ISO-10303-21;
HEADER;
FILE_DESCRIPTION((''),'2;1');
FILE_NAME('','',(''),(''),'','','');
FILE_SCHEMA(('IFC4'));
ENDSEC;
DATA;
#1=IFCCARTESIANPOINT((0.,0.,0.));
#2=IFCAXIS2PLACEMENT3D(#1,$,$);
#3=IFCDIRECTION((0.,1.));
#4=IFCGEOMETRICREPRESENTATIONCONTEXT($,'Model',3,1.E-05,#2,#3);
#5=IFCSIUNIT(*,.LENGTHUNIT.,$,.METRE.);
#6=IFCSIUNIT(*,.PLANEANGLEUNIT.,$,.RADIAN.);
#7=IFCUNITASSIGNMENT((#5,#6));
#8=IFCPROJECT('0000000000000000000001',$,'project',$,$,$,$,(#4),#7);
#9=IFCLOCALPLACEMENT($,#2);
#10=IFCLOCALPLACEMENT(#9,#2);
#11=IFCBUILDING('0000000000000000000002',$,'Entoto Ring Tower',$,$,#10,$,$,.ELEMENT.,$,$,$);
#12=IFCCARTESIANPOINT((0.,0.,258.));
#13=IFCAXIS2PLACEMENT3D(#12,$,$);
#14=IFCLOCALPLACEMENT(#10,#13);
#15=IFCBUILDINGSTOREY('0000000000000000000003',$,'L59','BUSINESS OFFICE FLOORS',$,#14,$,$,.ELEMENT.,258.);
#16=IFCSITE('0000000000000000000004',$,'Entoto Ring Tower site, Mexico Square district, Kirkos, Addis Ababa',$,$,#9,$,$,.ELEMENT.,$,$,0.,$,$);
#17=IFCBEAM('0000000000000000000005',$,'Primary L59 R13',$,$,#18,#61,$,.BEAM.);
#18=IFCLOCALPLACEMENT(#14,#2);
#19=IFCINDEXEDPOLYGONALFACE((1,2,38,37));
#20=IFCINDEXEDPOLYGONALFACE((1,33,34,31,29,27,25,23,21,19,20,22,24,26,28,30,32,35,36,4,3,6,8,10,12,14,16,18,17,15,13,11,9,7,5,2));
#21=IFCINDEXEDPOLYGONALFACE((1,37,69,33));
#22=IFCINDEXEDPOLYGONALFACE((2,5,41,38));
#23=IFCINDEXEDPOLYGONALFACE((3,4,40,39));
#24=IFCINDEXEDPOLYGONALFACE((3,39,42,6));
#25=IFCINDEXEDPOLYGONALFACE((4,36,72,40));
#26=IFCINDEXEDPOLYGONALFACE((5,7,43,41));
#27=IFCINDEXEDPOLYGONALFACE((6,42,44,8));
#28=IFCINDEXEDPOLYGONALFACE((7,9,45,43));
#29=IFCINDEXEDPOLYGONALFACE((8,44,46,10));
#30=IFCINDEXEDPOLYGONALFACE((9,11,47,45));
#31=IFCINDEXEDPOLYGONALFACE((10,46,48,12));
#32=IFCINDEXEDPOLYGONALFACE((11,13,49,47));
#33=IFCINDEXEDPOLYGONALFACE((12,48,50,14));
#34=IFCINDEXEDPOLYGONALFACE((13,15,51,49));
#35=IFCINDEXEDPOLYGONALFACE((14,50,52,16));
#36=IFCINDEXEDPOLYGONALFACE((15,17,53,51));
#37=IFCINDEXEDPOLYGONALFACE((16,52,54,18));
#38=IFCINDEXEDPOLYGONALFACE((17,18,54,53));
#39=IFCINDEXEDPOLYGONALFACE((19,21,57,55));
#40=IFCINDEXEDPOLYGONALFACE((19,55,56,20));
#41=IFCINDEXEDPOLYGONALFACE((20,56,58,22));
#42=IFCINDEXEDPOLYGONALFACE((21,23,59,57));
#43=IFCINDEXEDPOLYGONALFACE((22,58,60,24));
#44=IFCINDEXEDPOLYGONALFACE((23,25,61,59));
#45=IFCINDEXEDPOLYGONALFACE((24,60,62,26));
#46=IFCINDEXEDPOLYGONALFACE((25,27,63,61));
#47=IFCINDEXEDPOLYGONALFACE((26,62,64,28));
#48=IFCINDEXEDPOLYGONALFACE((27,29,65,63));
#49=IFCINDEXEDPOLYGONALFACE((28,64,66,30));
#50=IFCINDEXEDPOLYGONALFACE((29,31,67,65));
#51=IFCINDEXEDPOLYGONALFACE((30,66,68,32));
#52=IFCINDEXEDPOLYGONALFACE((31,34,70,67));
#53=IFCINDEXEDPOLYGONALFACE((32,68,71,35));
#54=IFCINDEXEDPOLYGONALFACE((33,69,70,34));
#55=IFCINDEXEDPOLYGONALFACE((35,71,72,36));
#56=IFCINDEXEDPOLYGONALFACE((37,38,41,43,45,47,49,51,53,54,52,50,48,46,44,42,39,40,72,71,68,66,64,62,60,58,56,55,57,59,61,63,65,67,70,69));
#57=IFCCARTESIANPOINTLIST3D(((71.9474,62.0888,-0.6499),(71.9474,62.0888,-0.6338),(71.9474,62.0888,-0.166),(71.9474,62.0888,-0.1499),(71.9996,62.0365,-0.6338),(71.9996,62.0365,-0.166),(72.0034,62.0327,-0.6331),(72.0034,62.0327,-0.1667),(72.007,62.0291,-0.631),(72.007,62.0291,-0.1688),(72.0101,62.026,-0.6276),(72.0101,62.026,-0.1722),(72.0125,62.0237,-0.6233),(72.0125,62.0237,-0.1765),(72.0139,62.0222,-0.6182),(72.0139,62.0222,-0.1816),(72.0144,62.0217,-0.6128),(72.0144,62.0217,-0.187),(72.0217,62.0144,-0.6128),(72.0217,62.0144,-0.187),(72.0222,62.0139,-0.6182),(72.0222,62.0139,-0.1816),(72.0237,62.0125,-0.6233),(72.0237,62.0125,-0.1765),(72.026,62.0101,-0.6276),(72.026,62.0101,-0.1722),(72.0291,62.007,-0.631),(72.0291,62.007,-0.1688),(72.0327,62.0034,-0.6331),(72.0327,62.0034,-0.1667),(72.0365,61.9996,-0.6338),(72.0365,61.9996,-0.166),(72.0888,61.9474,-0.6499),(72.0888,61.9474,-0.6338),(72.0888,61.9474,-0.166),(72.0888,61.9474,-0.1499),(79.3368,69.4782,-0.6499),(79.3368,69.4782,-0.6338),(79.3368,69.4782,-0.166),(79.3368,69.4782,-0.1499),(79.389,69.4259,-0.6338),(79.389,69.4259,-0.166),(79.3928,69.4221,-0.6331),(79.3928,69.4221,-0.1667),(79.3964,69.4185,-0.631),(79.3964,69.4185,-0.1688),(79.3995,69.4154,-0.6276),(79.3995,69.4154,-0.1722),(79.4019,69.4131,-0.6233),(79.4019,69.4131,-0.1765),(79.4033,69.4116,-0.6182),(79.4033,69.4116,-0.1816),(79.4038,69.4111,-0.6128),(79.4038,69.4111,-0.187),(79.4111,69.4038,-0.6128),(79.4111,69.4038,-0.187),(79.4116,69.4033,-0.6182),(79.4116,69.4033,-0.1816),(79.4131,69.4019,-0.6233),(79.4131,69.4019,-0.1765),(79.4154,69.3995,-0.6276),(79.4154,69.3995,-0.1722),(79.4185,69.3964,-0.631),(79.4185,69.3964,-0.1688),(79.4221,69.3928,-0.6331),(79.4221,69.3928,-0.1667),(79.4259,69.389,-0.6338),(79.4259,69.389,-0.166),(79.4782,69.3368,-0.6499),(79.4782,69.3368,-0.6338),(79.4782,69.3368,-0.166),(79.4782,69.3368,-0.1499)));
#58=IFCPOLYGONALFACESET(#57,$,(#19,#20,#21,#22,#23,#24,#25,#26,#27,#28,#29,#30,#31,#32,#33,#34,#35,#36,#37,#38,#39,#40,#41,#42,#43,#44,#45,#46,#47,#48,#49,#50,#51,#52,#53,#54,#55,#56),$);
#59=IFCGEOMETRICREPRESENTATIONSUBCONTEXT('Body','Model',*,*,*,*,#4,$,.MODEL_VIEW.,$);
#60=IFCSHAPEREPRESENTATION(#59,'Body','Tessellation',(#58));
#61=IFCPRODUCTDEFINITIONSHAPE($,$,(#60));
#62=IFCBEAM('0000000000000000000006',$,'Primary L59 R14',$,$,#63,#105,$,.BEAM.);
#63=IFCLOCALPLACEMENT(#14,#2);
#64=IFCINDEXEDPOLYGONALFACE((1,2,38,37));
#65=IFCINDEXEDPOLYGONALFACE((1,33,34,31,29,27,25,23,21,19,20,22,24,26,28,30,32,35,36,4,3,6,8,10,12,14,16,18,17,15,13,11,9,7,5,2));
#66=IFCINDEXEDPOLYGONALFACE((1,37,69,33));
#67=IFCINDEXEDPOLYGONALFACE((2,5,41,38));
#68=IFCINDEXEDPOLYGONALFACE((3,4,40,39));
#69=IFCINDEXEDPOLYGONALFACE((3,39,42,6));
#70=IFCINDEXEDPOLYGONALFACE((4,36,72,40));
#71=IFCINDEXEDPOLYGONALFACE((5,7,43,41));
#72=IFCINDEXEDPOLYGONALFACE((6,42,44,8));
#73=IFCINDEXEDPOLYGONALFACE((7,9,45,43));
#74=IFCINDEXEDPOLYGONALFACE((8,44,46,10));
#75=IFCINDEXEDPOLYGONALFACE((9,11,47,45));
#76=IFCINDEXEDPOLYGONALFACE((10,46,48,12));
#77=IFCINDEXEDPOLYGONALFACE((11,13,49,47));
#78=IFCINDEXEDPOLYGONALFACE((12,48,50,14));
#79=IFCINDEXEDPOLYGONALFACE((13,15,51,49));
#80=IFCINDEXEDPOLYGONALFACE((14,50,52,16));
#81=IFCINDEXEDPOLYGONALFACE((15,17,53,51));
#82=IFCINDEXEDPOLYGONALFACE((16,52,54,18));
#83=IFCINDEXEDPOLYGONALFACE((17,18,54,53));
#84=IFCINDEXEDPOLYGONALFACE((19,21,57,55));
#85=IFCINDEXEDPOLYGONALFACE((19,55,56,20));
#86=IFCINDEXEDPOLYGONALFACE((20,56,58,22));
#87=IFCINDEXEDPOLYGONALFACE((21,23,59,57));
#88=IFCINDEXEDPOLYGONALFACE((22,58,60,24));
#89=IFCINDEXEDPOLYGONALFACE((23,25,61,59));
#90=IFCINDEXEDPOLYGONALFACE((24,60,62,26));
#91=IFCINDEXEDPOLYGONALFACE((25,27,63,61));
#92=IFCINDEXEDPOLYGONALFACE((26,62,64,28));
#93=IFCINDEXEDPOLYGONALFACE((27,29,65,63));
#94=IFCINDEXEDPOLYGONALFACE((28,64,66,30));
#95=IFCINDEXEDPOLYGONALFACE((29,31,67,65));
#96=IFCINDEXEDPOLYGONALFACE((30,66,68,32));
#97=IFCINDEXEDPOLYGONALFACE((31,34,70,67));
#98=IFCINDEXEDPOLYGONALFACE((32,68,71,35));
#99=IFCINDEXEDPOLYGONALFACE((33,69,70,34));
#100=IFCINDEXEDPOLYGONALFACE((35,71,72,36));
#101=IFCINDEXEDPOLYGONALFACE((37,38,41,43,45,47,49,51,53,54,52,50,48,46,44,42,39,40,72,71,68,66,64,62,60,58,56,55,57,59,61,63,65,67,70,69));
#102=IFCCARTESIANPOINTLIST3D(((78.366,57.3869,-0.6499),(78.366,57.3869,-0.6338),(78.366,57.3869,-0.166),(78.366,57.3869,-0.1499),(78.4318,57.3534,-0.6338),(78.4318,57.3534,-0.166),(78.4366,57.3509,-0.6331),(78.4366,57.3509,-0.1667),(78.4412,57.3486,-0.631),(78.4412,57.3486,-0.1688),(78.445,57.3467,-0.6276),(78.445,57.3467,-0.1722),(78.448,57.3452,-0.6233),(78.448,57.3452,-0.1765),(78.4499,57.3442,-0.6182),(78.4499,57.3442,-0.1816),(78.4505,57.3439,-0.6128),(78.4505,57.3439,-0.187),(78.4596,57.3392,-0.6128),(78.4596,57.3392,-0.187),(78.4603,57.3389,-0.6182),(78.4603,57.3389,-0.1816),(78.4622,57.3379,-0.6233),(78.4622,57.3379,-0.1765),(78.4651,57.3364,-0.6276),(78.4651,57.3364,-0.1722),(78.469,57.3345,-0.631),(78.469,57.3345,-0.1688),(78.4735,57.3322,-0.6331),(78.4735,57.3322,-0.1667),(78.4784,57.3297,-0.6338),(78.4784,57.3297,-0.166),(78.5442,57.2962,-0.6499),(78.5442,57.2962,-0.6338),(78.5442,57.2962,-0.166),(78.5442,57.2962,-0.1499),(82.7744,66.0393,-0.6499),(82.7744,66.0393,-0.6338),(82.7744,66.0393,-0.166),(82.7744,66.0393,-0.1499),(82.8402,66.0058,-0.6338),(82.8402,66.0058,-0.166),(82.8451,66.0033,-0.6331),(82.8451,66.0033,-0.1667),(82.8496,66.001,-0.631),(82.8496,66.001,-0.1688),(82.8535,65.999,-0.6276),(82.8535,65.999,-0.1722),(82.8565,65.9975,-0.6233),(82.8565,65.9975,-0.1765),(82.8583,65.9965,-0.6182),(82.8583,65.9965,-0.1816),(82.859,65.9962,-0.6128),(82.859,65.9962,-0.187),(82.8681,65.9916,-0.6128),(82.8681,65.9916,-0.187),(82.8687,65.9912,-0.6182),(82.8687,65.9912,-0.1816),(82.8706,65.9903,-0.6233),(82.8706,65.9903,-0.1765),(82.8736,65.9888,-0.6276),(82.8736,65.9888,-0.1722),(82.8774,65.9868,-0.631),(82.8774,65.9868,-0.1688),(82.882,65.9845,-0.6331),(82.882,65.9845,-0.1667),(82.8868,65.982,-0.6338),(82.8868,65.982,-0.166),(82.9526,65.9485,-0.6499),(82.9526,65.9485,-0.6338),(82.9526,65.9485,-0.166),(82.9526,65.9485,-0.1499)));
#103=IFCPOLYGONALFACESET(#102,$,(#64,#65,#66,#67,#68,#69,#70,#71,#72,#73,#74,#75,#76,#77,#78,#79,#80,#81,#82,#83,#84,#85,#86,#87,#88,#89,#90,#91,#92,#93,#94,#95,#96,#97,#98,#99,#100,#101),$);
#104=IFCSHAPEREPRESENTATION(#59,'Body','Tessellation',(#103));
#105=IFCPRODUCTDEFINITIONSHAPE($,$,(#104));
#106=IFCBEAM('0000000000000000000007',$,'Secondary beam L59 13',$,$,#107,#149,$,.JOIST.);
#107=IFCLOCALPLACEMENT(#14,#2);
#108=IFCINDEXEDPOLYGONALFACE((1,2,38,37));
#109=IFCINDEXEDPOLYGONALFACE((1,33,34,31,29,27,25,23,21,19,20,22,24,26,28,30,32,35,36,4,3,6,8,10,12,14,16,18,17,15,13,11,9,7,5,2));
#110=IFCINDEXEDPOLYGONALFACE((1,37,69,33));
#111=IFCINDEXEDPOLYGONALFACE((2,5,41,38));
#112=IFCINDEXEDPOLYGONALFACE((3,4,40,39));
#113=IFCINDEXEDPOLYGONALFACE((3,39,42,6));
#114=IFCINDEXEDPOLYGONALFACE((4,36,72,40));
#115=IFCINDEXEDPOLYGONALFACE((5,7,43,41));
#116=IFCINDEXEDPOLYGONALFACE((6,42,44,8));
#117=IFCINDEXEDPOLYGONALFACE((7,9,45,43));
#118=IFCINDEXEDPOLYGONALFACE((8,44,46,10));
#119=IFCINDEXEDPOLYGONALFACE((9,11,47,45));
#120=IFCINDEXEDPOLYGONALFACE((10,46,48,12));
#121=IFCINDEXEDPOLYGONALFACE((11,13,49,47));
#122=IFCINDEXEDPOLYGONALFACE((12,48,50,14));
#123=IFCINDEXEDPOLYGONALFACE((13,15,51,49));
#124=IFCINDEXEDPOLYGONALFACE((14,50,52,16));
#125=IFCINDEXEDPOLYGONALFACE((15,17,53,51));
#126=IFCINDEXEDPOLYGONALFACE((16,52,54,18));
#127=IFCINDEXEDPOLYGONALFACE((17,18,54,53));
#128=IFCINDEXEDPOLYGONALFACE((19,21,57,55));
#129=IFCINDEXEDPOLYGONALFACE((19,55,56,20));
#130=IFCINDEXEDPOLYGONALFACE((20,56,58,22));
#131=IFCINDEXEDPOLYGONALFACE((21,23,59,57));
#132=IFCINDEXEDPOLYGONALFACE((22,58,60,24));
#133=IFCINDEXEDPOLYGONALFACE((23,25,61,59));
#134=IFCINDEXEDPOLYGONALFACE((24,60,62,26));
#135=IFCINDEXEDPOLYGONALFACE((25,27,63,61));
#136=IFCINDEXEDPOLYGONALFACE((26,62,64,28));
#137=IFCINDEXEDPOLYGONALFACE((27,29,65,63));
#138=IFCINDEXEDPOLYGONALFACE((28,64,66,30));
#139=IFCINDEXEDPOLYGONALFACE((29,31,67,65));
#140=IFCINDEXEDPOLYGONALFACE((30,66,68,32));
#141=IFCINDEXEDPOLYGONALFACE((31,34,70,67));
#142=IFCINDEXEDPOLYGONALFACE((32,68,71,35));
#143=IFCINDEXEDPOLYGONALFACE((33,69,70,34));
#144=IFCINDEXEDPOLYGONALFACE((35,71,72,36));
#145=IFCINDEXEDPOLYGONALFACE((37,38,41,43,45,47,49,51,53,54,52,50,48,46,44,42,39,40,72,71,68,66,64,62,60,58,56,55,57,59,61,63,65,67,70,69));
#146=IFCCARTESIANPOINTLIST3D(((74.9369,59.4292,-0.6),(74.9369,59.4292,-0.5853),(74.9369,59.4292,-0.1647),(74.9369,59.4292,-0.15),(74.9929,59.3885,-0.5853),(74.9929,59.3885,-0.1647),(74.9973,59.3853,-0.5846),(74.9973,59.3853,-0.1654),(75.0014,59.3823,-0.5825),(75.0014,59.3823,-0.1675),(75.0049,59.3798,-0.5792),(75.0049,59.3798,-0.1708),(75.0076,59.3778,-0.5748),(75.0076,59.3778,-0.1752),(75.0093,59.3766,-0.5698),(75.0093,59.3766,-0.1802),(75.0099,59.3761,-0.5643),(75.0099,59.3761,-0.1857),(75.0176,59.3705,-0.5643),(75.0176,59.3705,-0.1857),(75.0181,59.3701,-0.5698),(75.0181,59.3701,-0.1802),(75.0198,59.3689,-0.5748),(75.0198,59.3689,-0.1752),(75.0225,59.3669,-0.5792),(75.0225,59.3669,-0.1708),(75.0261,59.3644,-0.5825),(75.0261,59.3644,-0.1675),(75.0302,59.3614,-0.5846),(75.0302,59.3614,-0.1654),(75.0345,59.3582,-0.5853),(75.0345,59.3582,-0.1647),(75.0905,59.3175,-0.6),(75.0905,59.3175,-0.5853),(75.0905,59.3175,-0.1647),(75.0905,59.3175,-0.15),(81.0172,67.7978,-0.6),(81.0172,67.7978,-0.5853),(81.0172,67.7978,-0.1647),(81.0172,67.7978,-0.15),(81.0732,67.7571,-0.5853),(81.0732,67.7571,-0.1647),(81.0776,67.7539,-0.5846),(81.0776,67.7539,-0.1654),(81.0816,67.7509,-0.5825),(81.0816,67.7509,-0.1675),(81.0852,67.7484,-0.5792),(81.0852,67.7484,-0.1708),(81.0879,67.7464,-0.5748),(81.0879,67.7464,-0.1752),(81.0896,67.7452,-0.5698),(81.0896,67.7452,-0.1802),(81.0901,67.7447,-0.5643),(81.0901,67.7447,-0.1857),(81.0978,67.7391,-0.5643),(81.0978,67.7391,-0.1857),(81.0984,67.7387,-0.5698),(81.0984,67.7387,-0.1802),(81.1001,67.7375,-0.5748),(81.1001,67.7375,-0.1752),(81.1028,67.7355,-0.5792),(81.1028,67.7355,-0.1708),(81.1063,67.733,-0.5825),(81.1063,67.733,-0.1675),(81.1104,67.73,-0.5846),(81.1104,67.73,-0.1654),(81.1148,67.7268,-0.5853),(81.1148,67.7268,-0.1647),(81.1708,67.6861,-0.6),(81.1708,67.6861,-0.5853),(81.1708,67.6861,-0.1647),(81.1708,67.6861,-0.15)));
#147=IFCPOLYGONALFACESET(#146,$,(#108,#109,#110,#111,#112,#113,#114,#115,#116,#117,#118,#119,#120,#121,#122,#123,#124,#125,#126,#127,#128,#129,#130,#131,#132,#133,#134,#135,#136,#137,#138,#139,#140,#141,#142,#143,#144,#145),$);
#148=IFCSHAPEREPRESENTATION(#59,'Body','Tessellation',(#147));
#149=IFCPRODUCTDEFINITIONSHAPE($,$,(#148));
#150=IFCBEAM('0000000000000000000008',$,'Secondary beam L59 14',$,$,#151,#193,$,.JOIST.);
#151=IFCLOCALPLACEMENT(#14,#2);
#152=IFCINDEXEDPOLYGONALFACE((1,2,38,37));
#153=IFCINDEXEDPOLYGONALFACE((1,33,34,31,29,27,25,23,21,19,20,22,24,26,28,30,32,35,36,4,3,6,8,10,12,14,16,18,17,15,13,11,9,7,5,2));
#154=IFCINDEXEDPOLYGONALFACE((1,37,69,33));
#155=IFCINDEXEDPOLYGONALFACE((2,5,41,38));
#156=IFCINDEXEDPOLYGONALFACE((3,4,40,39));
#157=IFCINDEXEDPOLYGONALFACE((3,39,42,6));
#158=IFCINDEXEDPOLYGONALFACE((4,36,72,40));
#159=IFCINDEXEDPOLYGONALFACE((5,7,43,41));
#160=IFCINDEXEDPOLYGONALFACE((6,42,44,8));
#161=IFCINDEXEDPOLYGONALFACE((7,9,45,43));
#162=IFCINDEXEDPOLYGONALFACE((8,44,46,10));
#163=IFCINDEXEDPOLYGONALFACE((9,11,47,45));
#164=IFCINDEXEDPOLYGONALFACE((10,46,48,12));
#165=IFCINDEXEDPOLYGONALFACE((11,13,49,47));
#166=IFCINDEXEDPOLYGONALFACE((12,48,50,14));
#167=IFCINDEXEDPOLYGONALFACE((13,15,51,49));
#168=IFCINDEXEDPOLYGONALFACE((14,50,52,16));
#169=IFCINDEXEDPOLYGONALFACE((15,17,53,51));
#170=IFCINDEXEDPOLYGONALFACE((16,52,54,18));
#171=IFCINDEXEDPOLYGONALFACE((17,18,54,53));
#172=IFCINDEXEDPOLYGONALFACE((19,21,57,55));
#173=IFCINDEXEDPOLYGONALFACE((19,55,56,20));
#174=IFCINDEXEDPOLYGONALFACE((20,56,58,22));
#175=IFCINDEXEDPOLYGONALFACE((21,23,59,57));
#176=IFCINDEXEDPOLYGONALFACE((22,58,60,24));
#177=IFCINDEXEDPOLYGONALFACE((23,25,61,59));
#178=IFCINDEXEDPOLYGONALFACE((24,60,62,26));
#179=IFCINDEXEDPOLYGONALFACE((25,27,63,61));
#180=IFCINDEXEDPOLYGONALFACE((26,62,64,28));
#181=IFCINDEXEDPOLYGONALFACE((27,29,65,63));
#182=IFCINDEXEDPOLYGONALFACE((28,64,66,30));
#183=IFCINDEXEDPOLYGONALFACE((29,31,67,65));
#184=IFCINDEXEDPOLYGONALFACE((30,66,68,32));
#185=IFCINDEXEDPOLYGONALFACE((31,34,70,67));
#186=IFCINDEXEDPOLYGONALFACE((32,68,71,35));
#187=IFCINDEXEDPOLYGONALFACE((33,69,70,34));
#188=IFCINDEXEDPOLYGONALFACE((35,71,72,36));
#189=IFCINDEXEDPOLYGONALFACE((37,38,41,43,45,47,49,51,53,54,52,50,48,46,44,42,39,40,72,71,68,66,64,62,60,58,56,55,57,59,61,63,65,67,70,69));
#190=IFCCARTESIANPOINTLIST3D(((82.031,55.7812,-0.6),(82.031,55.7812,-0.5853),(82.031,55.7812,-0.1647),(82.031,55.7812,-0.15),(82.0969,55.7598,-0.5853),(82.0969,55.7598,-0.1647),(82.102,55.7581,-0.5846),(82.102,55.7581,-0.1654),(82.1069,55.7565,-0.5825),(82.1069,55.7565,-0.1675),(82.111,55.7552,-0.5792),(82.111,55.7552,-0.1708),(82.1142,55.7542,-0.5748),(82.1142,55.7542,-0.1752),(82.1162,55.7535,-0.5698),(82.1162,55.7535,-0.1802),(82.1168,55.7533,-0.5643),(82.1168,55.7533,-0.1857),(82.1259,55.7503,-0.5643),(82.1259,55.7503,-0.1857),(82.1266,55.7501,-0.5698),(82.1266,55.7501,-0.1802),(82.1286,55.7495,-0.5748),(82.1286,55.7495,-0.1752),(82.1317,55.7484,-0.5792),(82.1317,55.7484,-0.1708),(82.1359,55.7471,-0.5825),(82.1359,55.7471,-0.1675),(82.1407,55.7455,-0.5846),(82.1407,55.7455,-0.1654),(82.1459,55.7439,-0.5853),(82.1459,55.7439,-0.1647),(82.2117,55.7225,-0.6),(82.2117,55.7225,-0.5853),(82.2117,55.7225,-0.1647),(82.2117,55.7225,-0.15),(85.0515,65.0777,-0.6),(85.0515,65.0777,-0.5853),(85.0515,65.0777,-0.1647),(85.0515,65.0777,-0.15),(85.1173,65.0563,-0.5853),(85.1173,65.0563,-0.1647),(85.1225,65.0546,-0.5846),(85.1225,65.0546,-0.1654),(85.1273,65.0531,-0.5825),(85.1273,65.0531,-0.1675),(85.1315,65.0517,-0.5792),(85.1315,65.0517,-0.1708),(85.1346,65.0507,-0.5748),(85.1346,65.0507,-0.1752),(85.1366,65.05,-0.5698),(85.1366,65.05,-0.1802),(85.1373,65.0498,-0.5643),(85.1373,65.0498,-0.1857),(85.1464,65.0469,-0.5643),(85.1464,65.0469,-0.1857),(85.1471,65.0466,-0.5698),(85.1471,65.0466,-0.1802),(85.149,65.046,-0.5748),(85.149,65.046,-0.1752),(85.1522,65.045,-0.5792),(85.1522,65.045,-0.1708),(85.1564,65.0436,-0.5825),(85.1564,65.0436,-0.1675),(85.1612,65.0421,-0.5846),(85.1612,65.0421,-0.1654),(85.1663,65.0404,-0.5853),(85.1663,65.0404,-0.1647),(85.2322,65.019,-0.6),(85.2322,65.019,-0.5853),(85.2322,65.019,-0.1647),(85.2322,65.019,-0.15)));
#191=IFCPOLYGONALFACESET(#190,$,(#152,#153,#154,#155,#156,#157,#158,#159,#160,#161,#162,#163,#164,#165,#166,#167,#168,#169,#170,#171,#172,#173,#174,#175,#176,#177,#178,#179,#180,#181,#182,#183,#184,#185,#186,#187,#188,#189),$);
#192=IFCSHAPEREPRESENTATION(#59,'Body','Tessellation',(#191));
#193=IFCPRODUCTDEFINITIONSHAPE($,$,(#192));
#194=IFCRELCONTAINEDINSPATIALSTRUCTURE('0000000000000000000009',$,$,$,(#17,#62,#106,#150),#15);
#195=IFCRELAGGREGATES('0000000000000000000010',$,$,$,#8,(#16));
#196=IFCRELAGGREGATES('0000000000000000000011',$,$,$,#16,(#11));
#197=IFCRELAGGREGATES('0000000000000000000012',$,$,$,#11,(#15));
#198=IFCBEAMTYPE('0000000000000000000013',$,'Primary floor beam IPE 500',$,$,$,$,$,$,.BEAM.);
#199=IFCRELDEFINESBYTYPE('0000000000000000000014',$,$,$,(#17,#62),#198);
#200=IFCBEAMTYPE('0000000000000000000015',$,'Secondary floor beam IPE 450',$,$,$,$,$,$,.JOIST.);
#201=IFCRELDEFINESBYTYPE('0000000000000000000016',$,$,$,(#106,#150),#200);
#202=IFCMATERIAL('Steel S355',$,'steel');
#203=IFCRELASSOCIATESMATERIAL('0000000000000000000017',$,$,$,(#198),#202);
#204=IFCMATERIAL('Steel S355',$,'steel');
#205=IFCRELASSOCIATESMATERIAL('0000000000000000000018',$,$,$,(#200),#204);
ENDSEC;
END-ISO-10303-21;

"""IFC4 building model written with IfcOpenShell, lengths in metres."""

from ifc_helpers import new_model, si_unit, direction, frame, origin, origin_2d, place, context, subcontext, project, spatial, i_section, extrude, material, material_profile, profile_set, type_object, element, save


model = new_model("IFC4")

# Units and contexts
model_context = context("Model", 3, precision=1e-05, world=origin(), true_north=direction((0.0, 1.0)))
body_context = subcontext(model_context, "Body", "Model", "MODEL_VIEW")
ifc_project = project(units=[si_unit("LENGTHUNIT", "METRE"), si_unit("PLANEANGLEUNIT", "RADIAN")], contexts=[model_context])

# Site, building, storey
site_placement = place(None, origin())
site = spatial("IfcSite", under=ifc_project, at=site_placement, Name="Entoto Ring Tower site, Mexico Square district, Kirkos, Addis Ababa", CompositionType="ELEMENT", RefElevation=0.0)
building_placement = place(site_placement, origin())
building = spatial("IfcBuilding", under=site, at=building_placement, Name="Entoto Ring Tower", CompositionType="ELEMENT")
storey_placement = place(building_placement, frame((0.0, 0.0, 258.0)))
storey = spatial("IfcBuildingStorey", under=building, at=storey_placement, Name="L59", Description="BUSINESS OFFICE FLOORS", CompositionType="ELEMENT", Elevation=258.0)

# Beams
ifc_material_1 = material(Name="Steel S355", Category="steel")
ifc_material_profile_1 = material_profile(ifc_material_1, i_section(OverallWidth=0.2, OverallDepth=0.5, WebThickness=0.0103, FlangeThickness=0.0161, FilletRadius=0.021, at=origin_2d()), Name="IPE 500")
ifc_profile_set_1 = profile_set([ifc_material_profile_1], Name="Steel S355")
beam_type_1 = type_object("IfcBeamType", Name="Primary floor beam IPE 500", PredefinedType="BEAM", material=ifc_profile_set_1)
beam_1_placement = place(storey_placement, frame((79.4075, 69.4075, -0.3999), z_axis=(-0.707107, -0.707107, 0.0), x_axis=(0.707107, -0.707107, 0.0)))
element("IfcBeam", 1, at=beam_1_placement, inside=storey, type_object=beam_type_1, Name="Primary L59 R13", PredefinedType="BEAM", context=body_context, shape_type="SweptSolid", body=[
    extrude(i_section(OverallWidth=0.2, OverallDepth=0.5, WebThickness=0.0103, FlangeThickness=0.0161, FilletRadius=0.021, at=origin_2d()), origin(), (0.0, 0.0, 1.0), 10.4502),
])
beam_2_placement = place(storey_placement, frame((82.8635, 65.9939, -0.3999), z_axis=(-0.453979, -0.891012, 0.0), x_axis=(0.891012, -0.453979, 0.0)))
element("IfcBeam", 2, at=beam_2_placement, inside=storey, type_object=beam_type_1, Name="Primary L59 R14", PredefinedType="BEAM", context=body_context, shape_type="SweptSolid", body=[
    extrude(i_section(OverallWidth=0.2, OverallDepth=0.5, WebThickness=0.0103, FlangeThickness=0.0161, FilletRadius=0.021, at=origin_2d()), origin(), (0.0, 0.0, 1.0), 9.7107),
])
ifc_material_2 = material(Name="Steel S355", Category="steel")
ifc_material_profile_2 = material_profile(ifc_material_2, i_section(OverallWidth=0.1899, OverallDepth=0.45, WebThickness=0.0095, FlangeThickness=0.0146, FilletRadius=0.021, at=origin_2d()), Name="IPE 450")
ifc_profile_set_2 = profile_set([ifc_material_profile_2], Name="Steel S355")
beam_type_2 = type_object("IfcBeamType", Name="Secondary floor beam IPE 450", PredefinedType="JOIST", material=ifc_profile_set_2)
beam_3_placement = place(storey_placement, frame((81.094, 67.7419, -0.375), z_axis=(-0.587794, -0.809011, 0.0), x_axis=(0.809011, -0.587794, 0.0)))
element("IfcBeam", 3, at=beam_3_placement, inside=storey, type_object=beam_type_2, Name="Secondary beam L59 13", PredefinedType="JOIST", context=body_context, shape_type="SweptSolid", body=[
    extrude(i_section(OverallWidth=0.1899, OverallDepth=0.45, WebThickness=0.0095, FlangeThickness=0.0146, FilletRadius=0.021, at=origin_2d()), origin(), (0.0, 0.0, 1.0), 10.3442),
])
beam_4_placement = place(storey_placement, frame((85.1418, 65.0483, -0.375), z_axis=(-0.309003, -0.951061, 0.0), x_axis=(0.951061, -0.309003, 0.0)))
element("IfcBeam", 4, at=beam_4_placement, inside=storey, type_object=beam_type_2, Name="Secondary beam L59 14", PredefinedType="JOIST", context=body_context, shape_type="SweptSolid", body=[
    extrude(i_section(OverallWidth=0.1899, OverallDepth=0.45, WebThickness=0.0095, FlangeThickness=0.0146, FilletRadius=0.021, at=origin_2d()), origin(), (0.0, 0.0, 1.0), 9.7749),
])

save(model, "model.ifc")
